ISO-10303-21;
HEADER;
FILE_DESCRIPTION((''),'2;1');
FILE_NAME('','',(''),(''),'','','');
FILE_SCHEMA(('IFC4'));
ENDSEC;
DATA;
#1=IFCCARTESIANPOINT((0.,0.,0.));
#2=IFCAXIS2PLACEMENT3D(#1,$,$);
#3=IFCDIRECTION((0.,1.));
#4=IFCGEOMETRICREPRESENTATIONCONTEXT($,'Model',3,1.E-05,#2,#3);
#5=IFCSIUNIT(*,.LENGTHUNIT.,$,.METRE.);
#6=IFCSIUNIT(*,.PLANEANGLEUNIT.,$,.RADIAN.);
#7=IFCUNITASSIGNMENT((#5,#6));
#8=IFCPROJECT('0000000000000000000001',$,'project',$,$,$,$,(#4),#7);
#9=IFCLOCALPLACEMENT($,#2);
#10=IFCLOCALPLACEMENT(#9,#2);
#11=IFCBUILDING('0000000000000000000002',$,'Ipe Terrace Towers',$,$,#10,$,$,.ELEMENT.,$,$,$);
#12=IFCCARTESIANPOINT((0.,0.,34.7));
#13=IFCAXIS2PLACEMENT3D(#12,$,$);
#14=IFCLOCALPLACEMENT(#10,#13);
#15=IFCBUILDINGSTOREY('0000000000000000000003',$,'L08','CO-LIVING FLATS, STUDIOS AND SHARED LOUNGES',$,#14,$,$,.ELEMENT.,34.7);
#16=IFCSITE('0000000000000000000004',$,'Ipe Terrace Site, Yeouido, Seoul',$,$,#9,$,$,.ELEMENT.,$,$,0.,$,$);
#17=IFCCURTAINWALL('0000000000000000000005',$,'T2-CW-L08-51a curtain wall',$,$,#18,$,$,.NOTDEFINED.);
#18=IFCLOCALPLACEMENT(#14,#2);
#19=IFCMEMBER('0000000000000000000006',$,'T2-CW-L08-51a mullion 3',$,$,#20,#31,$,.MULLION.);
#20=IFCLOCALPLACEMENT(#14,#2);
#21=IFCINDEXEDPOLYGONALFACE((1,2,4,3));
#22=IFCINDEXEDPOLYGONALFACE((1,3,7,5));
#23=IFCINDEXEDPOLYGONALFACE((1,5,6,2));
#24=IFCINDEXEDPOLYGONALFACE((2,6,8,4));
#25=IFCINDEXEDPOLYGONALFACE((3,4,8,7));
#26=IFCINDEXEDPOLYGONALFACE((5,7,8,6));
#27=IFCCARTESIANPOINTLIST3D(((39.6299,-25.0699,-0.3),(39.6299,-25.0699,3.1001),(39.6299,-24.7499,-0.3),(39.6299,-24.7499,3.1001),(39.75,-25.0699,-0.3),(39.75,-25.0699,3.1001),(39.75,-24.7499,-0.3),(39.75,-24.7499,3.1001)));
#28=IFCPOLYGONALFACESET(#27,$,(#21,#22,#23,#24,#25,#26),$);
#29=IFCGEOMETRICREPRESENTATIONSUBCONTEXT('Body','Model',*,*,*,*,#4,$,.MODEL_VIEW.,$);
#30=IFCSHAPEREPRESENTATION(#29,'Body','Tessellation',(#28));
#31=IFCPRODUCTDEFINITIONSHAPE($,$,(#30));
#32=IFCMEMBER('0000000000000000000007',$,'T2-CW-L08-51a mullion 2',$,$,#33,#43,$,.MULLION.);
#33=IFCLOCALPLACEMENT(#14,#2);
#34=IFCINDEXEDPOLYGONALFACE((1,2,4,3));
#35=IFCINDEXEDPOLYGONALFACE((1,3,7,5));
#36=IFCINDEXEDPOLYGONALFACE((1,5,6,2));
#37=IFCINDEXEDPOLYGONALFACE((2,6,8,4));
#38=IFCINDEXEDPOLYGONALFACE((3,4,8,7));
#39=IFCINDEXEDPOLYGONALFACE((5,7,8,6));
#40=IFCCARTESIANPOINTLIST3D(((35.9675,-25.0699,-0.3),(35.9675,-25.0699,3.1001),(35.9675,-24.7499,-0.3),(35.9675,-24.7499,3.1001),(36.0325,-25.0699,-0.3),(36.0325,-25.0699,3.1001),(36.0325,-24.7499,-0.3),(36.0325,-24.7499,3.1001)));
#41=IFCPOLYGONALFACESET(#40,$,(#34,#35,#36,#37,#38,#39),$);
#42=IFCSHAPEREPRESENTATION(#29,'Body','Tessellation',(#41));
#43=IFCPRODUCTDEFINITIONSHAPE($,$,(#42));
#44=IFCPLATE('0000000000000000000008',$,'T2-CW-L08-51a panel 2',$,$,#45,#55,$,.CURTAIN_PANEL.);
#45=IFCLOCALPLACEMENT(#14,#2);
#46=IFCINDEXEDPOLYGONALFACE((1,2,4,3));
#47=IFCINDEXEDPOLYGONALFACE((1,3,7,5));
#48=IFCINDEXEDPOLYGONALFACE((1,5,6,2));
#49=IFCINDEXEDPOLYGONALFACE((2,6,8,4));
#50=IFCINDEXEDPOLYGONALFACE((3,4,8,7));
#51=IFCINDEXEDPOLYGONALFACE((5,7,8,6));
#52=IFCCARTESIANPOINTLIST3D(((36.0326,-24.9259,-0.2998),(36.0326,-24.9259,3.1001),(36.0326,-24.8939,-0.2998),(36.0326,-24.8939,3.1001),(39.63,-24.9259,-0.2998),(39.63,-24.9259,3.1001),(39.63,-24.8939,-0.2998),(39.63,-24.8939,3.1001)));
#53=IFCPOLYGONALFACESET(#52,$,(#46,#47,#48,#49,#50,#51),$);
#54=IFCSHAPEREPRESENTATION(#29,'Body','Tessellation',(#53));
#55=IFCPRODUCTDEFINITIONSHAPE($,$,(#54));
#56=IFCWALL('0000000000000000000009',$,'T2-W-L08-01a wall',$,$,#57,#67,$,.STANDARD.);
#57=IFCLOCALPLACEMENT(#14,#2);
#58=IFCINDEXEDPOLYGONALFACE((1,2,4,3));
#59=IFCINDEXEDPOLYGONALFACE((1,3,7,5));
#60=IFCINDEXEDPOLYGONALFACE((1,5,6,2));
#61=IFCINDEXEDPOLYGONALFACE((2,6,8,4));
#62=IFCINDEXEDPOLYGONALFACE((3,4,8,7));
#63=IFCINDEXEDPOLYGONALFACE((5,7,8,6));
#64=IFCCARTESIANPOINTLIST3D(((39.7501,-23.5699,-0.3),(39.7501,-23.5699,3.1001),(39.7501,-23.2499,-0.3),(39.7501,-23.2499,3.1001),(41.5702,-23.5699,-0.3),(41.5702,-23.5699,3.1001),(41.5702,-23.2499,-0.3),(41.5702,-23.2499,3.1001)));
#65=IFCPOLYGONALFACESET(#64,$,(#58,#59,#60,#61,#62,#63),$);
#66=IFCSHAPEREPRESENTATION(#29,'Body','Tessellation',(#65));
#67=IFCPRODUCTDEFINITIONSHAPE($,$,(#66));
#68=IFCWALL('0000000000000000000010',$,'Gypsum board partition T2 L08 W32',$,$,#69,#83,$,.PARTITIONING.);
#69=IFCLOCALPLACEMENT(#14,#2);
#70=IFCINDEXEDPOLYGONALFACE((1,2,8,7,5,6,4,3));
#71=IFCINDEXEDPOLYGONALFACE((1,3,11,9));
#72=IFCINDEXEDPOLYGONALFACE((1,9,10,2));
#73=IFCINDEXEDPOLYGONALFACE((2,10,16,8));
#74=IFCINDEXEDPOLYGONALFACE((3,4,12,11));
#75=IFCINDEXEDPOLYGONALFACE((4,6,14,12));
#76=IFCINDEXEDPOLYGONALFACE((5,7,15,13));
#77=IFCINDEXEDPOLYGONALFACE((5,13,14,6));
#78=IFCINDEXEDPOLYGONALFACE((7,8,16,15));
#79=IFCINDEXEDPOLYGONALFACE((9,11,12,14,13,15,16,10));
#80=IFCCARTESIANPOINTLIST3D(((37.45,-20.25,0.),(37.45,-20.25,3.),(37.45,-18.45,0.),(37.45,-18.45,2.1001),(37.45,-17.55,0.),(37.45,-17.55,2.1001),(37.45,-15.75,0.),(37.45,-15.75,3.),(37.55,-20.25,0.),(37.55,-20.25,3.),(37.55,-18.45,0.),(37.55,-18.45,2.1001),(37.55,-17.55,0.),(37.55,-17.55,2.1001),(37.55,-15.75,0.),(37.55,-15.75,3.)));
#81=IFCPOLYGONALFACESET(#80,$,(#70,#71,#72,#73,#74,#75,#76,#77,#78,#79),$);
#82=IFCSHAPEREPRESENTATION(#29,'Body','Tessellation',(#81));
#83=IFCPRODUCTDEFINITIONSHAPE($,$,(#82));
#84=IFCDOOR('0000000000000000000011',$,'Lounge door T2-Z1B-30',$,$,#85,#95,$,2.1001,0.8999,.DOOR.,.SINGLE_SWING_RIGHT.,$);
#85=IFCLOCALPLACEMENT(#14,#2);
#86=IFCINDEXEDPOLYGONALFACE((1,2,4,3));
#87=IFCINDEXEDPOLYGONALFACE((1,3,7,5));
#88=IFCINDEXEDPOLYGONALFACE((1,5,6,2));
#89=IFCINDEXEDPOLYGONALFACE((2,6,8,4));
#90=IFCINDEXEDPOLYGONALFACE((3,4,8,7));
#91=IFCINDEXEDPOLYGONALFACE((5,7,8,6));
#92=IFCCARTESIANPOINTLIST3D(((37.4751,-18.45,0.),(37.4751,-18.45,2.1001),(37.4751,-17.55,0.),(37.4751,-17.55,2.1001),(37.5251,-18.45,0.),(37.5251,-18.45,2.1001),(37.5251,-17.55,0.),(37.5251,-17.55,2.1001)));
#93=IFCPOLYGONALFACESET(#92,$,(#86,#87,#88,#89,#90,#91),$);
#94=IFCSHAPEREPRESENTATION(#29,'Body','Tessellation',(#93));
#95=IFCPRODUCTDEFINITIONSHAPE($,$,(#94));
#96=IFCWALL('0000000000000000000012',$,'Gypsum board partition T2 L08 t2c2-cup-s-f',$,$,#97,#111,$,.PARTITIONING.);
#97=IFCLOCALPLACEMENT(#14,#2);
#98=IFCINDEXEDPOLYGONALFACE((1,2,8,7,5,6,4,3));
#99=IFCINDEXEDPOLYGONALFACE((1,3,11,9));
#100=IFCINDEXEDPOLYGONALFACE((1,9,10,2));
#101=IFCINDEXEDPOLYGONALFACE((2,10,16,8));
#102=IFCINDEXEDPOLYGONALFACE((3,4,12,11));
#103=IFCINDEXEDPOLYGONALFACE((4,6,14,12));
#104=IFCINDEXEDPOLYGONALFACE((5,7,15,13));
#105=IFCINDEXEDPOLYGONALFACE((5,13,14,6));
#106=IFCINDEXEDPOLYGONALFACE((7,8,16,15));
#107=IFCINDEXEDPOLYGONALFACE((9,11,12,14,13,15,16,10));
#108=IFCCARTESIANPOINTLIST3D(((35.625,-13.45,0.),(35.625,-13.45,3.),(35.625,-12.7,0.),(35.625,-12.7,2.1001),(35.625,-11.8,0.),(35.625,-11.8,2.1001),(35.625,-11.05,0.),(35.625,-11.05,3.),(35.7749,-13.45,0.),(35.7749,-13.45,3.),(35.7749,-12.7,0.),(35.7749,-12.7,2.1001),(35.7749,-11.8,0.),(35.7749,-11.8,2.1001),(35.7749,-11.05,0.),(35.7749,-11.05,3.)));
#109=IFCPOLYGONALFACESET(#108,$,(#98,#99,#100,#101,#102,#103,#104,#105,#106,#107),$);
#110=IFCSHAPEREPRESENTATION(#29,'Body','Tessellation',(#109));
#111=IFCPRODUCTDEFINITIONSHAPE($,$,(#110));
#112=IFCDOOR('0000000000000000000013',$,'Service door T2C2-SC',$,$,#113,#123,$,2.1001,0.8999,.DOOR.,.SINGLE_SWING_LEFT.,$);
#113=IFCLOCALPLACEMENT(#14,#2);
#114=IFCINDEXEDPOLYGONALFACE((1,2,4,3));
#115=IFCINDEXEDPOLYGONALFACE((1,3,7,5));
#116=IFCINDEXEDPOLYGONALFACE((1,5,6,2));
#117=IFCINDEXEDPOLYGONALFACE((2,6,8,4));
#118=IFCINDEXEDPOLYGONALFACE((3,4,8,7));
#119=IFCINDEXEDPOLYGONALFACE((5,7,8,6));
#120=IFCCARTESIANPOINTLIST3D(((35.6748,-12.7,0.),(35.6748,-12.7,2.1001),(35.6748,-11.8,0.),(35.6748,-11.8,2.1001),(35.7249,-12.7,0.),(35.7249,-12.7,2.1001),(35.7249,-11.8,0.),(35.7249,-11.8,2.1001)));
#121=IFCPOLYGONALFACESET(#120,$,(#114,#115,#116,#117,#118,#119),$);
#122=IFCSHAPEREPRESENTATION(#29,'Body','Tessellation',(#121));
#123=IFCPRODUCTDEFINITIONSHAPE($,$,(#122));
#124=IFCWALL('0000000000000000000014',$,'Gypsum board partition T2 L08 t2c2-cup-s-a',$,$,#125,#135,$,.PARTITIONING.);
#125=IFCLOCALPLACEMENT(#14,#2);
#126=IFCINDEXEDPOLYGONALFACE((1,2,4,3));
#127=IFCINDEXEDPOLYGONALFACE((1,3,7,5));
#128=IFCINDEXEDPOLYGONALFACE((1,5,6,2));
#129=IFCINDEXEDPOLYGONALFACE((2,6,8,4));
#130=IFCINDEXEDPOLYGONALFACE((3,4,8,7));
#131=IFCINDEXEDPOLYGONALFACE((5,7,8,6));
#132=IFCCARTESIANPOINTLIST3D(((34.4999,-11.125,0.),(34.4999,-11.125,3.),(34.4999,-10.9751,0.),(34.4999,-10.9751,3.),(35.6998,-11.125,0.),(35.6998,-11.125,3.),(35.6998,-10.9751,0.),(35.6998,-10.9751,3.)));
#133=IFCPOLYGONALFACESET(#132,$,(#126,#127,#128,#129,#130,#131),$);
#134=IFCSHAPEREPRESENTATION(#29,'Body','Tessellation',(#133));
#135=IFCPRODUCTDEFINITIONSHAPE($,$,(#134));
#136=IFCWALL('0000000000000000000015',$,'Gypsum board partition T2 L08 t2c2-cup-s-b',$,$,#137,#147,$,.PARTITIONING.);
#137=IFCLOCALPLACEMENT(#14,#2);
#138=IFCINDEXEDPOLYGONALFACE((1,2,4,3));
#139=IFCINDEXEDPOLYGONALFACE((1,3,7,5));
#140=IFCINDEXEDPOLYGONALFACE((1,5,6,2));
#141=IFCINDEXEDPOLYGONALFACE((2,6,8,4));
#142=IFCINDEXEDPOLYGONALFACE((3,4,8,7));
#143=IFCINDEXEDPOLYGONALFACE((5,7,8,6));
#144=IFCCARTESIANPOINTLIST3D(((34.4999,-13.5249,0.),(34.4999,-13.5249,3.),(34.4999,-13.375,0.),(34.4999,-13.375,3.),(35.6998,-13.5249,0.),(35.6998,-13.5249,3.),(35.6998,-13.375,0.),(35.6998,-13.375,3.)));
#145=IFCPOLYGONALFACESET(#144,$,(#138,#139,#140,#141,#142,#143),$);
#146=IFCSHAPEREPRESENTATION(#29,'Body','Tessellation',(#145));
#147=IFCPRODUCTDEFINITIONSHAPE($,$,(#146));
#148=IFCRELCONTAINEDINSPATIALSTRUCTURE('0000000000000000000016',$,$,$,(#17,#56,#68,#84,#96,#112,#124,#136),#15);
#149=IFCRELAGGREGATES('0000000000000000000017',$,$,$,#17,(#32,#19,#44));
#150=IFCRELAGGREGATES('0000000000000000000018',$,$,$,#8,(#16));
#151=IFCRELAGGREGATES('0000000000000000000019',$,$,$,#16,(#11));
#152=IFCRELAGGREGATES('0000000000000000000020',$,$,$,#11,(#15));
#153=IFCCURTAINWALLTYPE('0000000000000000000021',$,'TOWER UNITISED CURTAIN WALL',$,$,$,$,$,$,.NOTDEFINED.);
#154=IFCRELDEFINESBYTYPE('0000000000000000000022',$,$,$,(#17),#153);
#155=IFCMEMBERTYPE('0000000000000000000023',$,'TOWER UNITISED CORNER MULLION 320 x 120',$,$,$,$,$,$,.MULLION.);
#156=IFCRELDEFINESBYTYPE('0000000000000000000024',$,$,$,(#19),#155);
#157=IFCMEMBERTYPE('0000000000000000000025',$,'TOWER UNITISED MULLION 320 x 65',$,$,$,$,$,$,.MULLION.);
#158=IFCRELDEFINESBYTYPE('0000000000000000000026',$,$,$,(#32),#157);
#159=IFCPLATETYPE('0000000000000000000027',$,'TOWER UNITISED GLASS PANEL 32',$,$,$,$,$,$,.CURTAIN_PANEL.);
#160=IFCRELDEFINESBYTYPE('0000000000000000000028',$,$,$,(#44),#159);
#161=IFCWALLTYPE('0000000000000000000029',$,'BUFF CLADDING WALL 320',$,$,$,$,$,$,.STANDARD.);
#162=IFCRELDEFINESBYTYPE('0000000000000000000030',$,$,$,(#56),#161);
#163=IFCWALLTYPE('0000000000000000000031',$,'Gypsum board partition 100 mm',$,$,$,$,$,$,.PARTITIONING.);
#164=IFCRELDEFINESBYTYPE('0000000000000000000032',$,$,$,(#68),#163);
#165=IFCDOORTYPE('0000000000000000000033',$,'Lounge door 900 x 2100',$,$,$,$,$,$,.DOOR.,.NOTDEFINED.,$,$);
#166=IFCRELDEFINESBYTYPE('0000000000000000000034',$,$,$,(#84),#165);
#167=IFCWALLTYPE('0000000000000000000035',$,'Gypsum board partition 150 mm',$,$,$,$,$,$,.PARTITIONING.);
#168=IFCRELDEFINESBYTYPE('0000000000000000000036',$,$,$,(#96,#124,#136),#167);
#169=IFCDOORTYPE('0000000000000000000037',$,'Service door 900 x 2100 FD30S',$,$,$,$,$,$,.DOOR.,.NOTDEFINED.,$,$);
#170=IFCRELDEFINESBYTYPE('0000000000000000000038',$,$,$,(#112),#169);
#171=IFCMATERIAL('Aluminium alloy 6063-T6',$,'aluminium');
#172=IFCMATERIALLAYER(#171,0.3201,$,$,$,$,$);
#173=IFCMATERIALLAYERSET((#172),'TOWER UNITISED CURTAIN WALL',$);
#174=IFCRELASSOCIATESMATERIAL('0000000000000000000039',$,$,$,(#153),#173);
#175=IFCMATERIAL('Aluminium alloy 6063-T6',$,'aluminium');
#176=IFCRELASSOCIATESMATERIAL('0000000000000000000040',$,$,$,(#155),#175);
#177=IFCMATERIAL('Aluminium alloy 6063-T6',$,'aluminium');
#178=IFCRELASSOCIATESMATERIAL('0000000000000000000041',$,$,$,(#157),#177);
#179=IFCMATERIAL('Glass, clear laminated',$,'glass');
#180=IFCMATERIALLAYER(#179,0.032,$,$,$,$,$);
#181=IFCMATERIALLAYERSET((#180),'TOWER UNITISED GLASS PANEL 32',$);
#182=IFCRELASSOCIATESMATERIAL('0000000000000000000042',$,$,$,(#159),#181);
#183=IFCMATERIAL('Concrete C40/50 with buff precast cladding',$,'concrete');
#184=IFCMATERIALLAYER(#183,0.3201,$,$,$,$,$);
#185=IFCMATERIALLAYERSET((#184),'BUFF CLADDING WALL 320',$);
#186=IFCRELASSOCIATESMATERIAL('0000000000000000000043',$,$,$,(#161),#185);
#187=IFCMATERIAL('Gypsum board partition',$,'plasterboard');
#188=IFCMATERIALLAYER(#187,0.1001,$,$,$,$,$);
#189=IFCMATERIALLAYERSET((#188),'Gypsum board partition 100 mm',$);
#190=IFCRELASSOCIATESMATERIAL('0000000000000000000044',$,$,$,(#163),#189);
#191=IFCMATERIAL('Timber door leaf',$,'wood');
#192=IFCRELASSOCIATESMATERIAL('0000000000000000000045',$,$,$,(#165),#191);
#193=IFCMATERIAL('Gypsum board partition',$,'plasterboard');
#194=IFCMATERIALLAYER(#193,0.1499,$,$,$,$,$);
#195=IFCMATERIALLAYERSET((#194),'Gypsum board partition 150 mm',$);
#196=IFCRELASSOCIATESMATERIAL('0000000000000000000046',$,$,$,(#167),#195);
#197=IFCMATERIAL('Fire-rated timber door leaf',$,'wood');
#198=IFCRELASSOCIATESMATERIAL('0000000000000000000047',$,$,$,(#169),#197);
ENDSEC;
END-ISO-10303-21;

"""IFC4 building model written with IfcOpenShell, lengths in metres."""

from ifc_helpers import new_model, si_unit, direction, frame, frame_2d, origin, origin_2d, place, context, subcontext, project, spatial, rectangle, extrude, material, layer, layer_set, material_profile, profile_set, type_object, element, fill, aggregate, save


model = new_model("IFC4")

# Units and contexts
model_context = context("Model", 3, precision=1e-05, world=origin(), true_north=direction((0.0, 1.0)))
body_context = subcontext(model_context, "Body", "Model", "MODEL_VIEW")
ifc_project = project(units=[si_unit("LENGTHUNIT", "METRE"), si_unit("PLANEANGLEUNIT", "RADIAN")], contexts=[model_context])

# Site, building, storey
site_placement = place(None, origin())
site = spatial("IfcSite", under=ifc_project, at=site_placement, Name="Ipe Terrace Site, Yeouido, Seoul", CompositionType="ELEMENT", RefElevation=0.0)
building_placement = place(site_placement, origin())
building = spatial("IfcBuilding", under=site, at=building_placement, Name="Ipe Terrace Towers", CompositionType="ELEMENT")
storey_placement = place(building_placement, frame((0.0, 0.0, 34.7)))
storey = spatial("IfcBuildingStorey", under=building, at=storey_placement, Name="L08", Description="CO-LIVING FLATS, STUDIOS AND SHARED LOUNGES", CompositionType="ELEMENT", Elevation=34.7)

# Curtain wall, members, plate
ifc_material_1 = material(Name="Aluminium alloy 6063-T6", Category="aluminium")
ifc_layer_1 = layer(ifc_material_1, 0.3201)
ifc_layer_set_1 = layer_set([ifc_layer_1], Name="TOWER UNITISED CURTAIN WALL")
curtain_wall_type = type_object("IfcCurtainWallType", Name="TOWER UNITISED CURTAIN WALL", PredefinedType="NOTDEFINED", material=ifc_layer_set_1)
curtain_wall_placement = place(storey_placement, origin())
curtain_wall = element("IfcCurtainWall", 1, at=curtain_wall_placement, inside=storey, type_object=curtain_wall_type, Name="T2-CW-L08-51a curtain wall", PredefinedType="NOTDEFINED")
ifc_material_2 = material(Name="Aluminium alloy 6063-T6", Category="aluminium")
ifc_material_profile_1 = material_profile(ifc_material_2, rectangle(XDim=0.3201, YDim=0.1201, at=origin_2d()), Name="TOWER UNITISED CORNER MULLION 320 x 120")
ifc_profile_set_1 = profile_set([ifc_material_profile_1], Name="Aluminium alloy 6063-T6")
member_type_1 = type_object("IfcMemberType", Name="TOWER UNITISED CORNER MULLION 320 x 120", PredefinedType="MULLION", material=ifc_profile_set_1)
member_1_placement = place(storey_placement, frame((39.6899, -24.9099, -0.3), z_axis=(0.0, 0.0, 1.0), x_axis=(0.0, -1.0, 0.0)))
member_1 = element("IfcMember", 2, at=member_1_placement, type_object=member_type_1, Name="T2-CW-L08-51a mullion 3", PredefinedType="MULLION", context=body_context, shape_type="SweptSolid", body=[
    extrude(rectangle(XDim=0.3201, YDim=0.1201, at=origin_2d()), origin(), (0.0, 0.0, 1.0), 3.4001),
])
ifc_material_3 = material(Name="Aluminium alloy 6063-T6", Category="aluminium")
ifc_material_profile_2 = material_profile(ifc_material_3, rectangle(XDim=0.3201, YDim=0.0649, at=origin_2d()), Name="TOWER UNITISED MULLION 320 x 65")
ifc_profile_set_2 = profile_set([ifc_material_profile_2], Name="Aluminium alloy 6063-T6")
member_type_2 = type_object("IfcMemberType", Name="TOWER UNITISED MULLION 320 x 65", PredefinedType="MULLION", material=ifc_profile_set_2)
member_2_placement = place(storey_placement, frame((36.0, -24.9099, -0.3), z_axis=(0.0, 0.0, 1.0), x_axis=(0.0, -1.0, 0.0)))
member_2 = element("IfcMember", 3, at=member_2_placement, type_object=member_type_2, Name="T2-CW-L08-51a mullion 2", PredefinedType="MULLION", context=body_context, shape_type="SweptSolid", body=[
    extrude(rectangle(XDim=0.3201, YDim=0.0649, at=origin_2d()), origin(), (0.0, 0.0, 1.0), 3.4001),
])
ifc_material_4 = material(Name="Glass, clear laminated", Category="glass")
ifc_layer_2 = layer(ifc_material_4, 0.032)
ifc_layer_set_2 = layer_set([ifc_layer_2], Name="TOWER UNITISED GLASS PANEL 32")
plate_type = type_object("IfcPlateType", Name="TOWER UNITISED GLASS PANEL 32", PredefinedType="CURTAIN_PANEL", material=ifc_layer_set_2)
plate_placement = place(storey_placement, frame((37.8313, -24.9099, -0.2998), z_axis=(0.0, 0.0, 1.0), x_axis=(1.0, 0.0, 0.0)))
plate = element("IfcPlate", 4, at=plate_placement, type_object=plate_type, Name="T2-CW-L08-51a panel 2", PredefinedType="CURTAIN_PANEL", context=body_context, shape_type="SweptSolid", body=[
    extrude(rectangle(XDim=3.5974, YDim=0.032, at=origin_2d()), origin(), (0.0, 0.0, 1.0), 3.3999),
])
aggregate(curtain_wall, [member_2, member_1, plate])

# Wall
ifc_material_5 = material(Name="Concrete C40/50 with buff precast cladding", Category="concrete")
ifc_layer_3 = layer(ifc_material_5, 0.3201)
ifc_layer_set_3 = layer_set([ifc_layer_3], Name="BUFF CLADDING WALL 320")
wall_type_1 = type_object("IfcWallType", Name="BUFF CLADDING WALL 320", PredefinedType="STANDARD", material=ifc_layer_set_3)
wall_1_placement = place(storey_placement, frame((39.75, -23.4099, -0.3), z_axis=(0.0, 0.0, 1.0), x_axis=(1.0, 0.0, 0.0)))
element("IfcWall", 5, at=wall_1_placement, inside=storey, type_object=wall_type_1, Name="T2-W-L08-01a wall", PredefinedType="STANDARD", context=body_context, shape_type="SweptSolid", body=[
    extrude(rectangle(XDim=1.8201, YDim=0.3201, at=frame_2d((0.9102, 0.0))), origin(), (0.0, 0.0, 1.0), 3.4001),
])

# Walls, openings, doors
ifc_material_6 = material(Name="Gypsum board partition", Category="plasterboard")
ifc_layer_4 = layer(ifc_material_6, 0.1001)
ifc_layer_set_4 = layer_set([ifc_layer_4], Name="Gypsum board partition 100 mm")
wall_type_2 = type_object("IfcWallType", Name="Gypsum board partition 100 mm", PredefinedType="PARTITIONING", material=ifc_layer_set_4)
wall_2_placement = place(storey_placement, frame((37.5, -20.25, 0.0), z_axis=(0.0, 0.0, 1.0), x_axis=(0.0, 1.0, 0.0)))
wall_2 = element("IfcWall", 6, at=wall_2_placement, inside=storey, type_object=wall_type_2, Name="Gypsum board partition T2 L08 W32", PredefinedType="PARTITIONING", context=body_context, shape_type="SweptSolid", body=[
    extrude(rectangle(XDim=4.5, YDim=0.1001, at=frame_2d((2.25, 0.0))), origin(), (0.0, 0.0, 1.0), 3.0),
])
opening_1_placement = place(wall_2_placement, frame((1.8, 0.0, 0.0)))
opening_1 = element("IfcOpeningElement", 7, at=opening_1_placement, cuts=wall_2, PredefinedType="OPENING", context=body_context, shape_type="SweptSolid", body=[
    extrude(rectangle(XDim=0.8999, YDim=2.1001, at=frame_2d((0.45, 1.05))), frame((0.0, 0.0601, 0.0), z_axis=(0.0, -1.0, 0.0), x_axis=(1.0, 0.0, 0.0)), (0.0, 0.0, 1.0), 0.1201),
])
ifc_material_7 = material(Name="Timber door leaf", Category="wood")
door_type_1 = type_object("IfcDoorType", Name="Lounge door 900 x 2100", OperationType="NOTDEFINED", PredefinedType="DOOR", material=ifc_material_7)
door_1_placement = place(opening_1_placement, origin())
door_1 = element("IfcDoor", 8, at=door_1_placement, inside=storey, type_object=door_type_1, Name="Lounge door T2-Z1B-30", OperationType="SINGLE_SWING_RIGHT", OverallHeight=2.1001, OverallWidth=0.8999, PredefinedType="DOOR", context=body_context, shape_type="SweptSolid", body=[
    extrude(rectangle(XDim=0.8999, YDim=2.1001, at=frame_2d((0.45, 1.05))), frame((0.0, 0.0249, 0.0), z_axis=(0.0, -1.0, 0.0), x_axis=(1.0, 0.0, 0.0)), (0.0, 0.0, 1.0), 0.05),
])
fill(opening_1, door_1)
ifc_material_8 = material(Name="Gypsum board partition", Category="plasterboard")
ifc_layer_5 = layer(ifc_material_8, 0.1499)
ifc_layer_set_5 = layer_set([ifc_layer_5], Name="Gypsum board partition 150 mm")
wall_type_3 = type_object("IfcWallType", Name="Gypsum board partition 150 mm", PredefinedType="PARTITIONING", material=ifc_layer_set_5)
wall_3_placement = place(storey_placement, frame((35.7, -11.05, 0.0), z_axis=(0.0, 0.0, 1.0), x_axis=(0.0, -1.0, 0.0)))
wall_3 = element("IfcWall", 9, at=wall_3_placement, inside=storey, type_object=wall_type_3, Name="Gypsum board partition T2 L08 t2c2-cup-s-f", PredefinedType="PARTITIONING", context=body_context, shape_type="SweptSolid", body=[
    extrude(rectangle(XDim=2.3999, YDim=0.1499, at=frame_2d((1.2, 0.0))), origin(), (0.0, 0.0, 1.0), 3.0),
])
opening_2_placement = place(wall_3_placement, frame((0.75, 0.0, 0.0)))
opening_2 = element("IfcOpeningElement", 10, at=opening_2_placement, cuts=wall_3, PredefinedType="OPENING", context=body_context, shape_type="SweptSolid", body=[
    extrude(rectangle(XDim=0.8999, YDim=2.1001, at=frame_2d((0.45, 1.05))), frame((0.0, 0.085, 0.0), z_axis=(0.0, -1.0, 0.0), x_axis=(1.0, 0.0, 0.0)), (0.0, 0.0, 1.0), 0.1699),
])
ifc_material_9 = material(Name="Fire-rated timber door leaf", Category="wood")
door_type_2 = type_object("IfcDoorType", Name="Service door 900 x 2100 FD30S", OperationType="NOTDEFINED", PredefinedType="DOOR", material=ifc_material_9)
door_2_placement = place(opening_2_placement, origin())
door_2 = element("IfcDoor", 11, at=door_2_placement, inside=storey, type_object=door_type_2, Name="Service door T2C2-SC", OperationType="SINGLE_SWING_LEFT", OverallHeight=2.1001, OverallWidth=0.8999, PredefinedType="DOOR", context=body_context, shape_type="SweptSolid", body=[
    extrude(rectangle(XDim=0.8999, YDim=2.1001, at=frame_2d((0.45, 1.05))), frame((0.0, 0.0249, 0.0), z_axis=(0.0, -1.0, 0.0), x_axis=(1.0, 0.0, 0.0)), (0.0, 0.0, 1.0), 0.05),
])
fill(opening_2, door_2)

# Walls
for number, where, z_axis, x_axis, name in (
    (12, (35.7, -11.05, 0.0), (0.0, 0.0, 1.0), (-1.0, 0.0, 0.0), "Gypsum board partition T2 L08 t2c2-cup-s-a"),
    (13, (35.7, -13.45, 0.0), (0.0, 0.0, 1.0), (-1.0, 0.0, 0.0), "Gypsum board partition T2 L08 t2c2-cup-s-b"),
):
    element("IfcWall", number, at=place(storey_placement, frame(where, z_axis=z_axis, x_axis=x_axis)), inside=storey, type_object=wall_type_3, Name=name, PredefinedType="PARTITIONING", context=body_context, shape_type="SweptSolid", body=[
        extrude(rectangle(XDim=1.2, YDim=0.1499, at=frame_2d((0.6001, 0.0))), origin(), (0.0, 0.0, 1.0), 3.0),
    ])

save(model, "model.ifc")
